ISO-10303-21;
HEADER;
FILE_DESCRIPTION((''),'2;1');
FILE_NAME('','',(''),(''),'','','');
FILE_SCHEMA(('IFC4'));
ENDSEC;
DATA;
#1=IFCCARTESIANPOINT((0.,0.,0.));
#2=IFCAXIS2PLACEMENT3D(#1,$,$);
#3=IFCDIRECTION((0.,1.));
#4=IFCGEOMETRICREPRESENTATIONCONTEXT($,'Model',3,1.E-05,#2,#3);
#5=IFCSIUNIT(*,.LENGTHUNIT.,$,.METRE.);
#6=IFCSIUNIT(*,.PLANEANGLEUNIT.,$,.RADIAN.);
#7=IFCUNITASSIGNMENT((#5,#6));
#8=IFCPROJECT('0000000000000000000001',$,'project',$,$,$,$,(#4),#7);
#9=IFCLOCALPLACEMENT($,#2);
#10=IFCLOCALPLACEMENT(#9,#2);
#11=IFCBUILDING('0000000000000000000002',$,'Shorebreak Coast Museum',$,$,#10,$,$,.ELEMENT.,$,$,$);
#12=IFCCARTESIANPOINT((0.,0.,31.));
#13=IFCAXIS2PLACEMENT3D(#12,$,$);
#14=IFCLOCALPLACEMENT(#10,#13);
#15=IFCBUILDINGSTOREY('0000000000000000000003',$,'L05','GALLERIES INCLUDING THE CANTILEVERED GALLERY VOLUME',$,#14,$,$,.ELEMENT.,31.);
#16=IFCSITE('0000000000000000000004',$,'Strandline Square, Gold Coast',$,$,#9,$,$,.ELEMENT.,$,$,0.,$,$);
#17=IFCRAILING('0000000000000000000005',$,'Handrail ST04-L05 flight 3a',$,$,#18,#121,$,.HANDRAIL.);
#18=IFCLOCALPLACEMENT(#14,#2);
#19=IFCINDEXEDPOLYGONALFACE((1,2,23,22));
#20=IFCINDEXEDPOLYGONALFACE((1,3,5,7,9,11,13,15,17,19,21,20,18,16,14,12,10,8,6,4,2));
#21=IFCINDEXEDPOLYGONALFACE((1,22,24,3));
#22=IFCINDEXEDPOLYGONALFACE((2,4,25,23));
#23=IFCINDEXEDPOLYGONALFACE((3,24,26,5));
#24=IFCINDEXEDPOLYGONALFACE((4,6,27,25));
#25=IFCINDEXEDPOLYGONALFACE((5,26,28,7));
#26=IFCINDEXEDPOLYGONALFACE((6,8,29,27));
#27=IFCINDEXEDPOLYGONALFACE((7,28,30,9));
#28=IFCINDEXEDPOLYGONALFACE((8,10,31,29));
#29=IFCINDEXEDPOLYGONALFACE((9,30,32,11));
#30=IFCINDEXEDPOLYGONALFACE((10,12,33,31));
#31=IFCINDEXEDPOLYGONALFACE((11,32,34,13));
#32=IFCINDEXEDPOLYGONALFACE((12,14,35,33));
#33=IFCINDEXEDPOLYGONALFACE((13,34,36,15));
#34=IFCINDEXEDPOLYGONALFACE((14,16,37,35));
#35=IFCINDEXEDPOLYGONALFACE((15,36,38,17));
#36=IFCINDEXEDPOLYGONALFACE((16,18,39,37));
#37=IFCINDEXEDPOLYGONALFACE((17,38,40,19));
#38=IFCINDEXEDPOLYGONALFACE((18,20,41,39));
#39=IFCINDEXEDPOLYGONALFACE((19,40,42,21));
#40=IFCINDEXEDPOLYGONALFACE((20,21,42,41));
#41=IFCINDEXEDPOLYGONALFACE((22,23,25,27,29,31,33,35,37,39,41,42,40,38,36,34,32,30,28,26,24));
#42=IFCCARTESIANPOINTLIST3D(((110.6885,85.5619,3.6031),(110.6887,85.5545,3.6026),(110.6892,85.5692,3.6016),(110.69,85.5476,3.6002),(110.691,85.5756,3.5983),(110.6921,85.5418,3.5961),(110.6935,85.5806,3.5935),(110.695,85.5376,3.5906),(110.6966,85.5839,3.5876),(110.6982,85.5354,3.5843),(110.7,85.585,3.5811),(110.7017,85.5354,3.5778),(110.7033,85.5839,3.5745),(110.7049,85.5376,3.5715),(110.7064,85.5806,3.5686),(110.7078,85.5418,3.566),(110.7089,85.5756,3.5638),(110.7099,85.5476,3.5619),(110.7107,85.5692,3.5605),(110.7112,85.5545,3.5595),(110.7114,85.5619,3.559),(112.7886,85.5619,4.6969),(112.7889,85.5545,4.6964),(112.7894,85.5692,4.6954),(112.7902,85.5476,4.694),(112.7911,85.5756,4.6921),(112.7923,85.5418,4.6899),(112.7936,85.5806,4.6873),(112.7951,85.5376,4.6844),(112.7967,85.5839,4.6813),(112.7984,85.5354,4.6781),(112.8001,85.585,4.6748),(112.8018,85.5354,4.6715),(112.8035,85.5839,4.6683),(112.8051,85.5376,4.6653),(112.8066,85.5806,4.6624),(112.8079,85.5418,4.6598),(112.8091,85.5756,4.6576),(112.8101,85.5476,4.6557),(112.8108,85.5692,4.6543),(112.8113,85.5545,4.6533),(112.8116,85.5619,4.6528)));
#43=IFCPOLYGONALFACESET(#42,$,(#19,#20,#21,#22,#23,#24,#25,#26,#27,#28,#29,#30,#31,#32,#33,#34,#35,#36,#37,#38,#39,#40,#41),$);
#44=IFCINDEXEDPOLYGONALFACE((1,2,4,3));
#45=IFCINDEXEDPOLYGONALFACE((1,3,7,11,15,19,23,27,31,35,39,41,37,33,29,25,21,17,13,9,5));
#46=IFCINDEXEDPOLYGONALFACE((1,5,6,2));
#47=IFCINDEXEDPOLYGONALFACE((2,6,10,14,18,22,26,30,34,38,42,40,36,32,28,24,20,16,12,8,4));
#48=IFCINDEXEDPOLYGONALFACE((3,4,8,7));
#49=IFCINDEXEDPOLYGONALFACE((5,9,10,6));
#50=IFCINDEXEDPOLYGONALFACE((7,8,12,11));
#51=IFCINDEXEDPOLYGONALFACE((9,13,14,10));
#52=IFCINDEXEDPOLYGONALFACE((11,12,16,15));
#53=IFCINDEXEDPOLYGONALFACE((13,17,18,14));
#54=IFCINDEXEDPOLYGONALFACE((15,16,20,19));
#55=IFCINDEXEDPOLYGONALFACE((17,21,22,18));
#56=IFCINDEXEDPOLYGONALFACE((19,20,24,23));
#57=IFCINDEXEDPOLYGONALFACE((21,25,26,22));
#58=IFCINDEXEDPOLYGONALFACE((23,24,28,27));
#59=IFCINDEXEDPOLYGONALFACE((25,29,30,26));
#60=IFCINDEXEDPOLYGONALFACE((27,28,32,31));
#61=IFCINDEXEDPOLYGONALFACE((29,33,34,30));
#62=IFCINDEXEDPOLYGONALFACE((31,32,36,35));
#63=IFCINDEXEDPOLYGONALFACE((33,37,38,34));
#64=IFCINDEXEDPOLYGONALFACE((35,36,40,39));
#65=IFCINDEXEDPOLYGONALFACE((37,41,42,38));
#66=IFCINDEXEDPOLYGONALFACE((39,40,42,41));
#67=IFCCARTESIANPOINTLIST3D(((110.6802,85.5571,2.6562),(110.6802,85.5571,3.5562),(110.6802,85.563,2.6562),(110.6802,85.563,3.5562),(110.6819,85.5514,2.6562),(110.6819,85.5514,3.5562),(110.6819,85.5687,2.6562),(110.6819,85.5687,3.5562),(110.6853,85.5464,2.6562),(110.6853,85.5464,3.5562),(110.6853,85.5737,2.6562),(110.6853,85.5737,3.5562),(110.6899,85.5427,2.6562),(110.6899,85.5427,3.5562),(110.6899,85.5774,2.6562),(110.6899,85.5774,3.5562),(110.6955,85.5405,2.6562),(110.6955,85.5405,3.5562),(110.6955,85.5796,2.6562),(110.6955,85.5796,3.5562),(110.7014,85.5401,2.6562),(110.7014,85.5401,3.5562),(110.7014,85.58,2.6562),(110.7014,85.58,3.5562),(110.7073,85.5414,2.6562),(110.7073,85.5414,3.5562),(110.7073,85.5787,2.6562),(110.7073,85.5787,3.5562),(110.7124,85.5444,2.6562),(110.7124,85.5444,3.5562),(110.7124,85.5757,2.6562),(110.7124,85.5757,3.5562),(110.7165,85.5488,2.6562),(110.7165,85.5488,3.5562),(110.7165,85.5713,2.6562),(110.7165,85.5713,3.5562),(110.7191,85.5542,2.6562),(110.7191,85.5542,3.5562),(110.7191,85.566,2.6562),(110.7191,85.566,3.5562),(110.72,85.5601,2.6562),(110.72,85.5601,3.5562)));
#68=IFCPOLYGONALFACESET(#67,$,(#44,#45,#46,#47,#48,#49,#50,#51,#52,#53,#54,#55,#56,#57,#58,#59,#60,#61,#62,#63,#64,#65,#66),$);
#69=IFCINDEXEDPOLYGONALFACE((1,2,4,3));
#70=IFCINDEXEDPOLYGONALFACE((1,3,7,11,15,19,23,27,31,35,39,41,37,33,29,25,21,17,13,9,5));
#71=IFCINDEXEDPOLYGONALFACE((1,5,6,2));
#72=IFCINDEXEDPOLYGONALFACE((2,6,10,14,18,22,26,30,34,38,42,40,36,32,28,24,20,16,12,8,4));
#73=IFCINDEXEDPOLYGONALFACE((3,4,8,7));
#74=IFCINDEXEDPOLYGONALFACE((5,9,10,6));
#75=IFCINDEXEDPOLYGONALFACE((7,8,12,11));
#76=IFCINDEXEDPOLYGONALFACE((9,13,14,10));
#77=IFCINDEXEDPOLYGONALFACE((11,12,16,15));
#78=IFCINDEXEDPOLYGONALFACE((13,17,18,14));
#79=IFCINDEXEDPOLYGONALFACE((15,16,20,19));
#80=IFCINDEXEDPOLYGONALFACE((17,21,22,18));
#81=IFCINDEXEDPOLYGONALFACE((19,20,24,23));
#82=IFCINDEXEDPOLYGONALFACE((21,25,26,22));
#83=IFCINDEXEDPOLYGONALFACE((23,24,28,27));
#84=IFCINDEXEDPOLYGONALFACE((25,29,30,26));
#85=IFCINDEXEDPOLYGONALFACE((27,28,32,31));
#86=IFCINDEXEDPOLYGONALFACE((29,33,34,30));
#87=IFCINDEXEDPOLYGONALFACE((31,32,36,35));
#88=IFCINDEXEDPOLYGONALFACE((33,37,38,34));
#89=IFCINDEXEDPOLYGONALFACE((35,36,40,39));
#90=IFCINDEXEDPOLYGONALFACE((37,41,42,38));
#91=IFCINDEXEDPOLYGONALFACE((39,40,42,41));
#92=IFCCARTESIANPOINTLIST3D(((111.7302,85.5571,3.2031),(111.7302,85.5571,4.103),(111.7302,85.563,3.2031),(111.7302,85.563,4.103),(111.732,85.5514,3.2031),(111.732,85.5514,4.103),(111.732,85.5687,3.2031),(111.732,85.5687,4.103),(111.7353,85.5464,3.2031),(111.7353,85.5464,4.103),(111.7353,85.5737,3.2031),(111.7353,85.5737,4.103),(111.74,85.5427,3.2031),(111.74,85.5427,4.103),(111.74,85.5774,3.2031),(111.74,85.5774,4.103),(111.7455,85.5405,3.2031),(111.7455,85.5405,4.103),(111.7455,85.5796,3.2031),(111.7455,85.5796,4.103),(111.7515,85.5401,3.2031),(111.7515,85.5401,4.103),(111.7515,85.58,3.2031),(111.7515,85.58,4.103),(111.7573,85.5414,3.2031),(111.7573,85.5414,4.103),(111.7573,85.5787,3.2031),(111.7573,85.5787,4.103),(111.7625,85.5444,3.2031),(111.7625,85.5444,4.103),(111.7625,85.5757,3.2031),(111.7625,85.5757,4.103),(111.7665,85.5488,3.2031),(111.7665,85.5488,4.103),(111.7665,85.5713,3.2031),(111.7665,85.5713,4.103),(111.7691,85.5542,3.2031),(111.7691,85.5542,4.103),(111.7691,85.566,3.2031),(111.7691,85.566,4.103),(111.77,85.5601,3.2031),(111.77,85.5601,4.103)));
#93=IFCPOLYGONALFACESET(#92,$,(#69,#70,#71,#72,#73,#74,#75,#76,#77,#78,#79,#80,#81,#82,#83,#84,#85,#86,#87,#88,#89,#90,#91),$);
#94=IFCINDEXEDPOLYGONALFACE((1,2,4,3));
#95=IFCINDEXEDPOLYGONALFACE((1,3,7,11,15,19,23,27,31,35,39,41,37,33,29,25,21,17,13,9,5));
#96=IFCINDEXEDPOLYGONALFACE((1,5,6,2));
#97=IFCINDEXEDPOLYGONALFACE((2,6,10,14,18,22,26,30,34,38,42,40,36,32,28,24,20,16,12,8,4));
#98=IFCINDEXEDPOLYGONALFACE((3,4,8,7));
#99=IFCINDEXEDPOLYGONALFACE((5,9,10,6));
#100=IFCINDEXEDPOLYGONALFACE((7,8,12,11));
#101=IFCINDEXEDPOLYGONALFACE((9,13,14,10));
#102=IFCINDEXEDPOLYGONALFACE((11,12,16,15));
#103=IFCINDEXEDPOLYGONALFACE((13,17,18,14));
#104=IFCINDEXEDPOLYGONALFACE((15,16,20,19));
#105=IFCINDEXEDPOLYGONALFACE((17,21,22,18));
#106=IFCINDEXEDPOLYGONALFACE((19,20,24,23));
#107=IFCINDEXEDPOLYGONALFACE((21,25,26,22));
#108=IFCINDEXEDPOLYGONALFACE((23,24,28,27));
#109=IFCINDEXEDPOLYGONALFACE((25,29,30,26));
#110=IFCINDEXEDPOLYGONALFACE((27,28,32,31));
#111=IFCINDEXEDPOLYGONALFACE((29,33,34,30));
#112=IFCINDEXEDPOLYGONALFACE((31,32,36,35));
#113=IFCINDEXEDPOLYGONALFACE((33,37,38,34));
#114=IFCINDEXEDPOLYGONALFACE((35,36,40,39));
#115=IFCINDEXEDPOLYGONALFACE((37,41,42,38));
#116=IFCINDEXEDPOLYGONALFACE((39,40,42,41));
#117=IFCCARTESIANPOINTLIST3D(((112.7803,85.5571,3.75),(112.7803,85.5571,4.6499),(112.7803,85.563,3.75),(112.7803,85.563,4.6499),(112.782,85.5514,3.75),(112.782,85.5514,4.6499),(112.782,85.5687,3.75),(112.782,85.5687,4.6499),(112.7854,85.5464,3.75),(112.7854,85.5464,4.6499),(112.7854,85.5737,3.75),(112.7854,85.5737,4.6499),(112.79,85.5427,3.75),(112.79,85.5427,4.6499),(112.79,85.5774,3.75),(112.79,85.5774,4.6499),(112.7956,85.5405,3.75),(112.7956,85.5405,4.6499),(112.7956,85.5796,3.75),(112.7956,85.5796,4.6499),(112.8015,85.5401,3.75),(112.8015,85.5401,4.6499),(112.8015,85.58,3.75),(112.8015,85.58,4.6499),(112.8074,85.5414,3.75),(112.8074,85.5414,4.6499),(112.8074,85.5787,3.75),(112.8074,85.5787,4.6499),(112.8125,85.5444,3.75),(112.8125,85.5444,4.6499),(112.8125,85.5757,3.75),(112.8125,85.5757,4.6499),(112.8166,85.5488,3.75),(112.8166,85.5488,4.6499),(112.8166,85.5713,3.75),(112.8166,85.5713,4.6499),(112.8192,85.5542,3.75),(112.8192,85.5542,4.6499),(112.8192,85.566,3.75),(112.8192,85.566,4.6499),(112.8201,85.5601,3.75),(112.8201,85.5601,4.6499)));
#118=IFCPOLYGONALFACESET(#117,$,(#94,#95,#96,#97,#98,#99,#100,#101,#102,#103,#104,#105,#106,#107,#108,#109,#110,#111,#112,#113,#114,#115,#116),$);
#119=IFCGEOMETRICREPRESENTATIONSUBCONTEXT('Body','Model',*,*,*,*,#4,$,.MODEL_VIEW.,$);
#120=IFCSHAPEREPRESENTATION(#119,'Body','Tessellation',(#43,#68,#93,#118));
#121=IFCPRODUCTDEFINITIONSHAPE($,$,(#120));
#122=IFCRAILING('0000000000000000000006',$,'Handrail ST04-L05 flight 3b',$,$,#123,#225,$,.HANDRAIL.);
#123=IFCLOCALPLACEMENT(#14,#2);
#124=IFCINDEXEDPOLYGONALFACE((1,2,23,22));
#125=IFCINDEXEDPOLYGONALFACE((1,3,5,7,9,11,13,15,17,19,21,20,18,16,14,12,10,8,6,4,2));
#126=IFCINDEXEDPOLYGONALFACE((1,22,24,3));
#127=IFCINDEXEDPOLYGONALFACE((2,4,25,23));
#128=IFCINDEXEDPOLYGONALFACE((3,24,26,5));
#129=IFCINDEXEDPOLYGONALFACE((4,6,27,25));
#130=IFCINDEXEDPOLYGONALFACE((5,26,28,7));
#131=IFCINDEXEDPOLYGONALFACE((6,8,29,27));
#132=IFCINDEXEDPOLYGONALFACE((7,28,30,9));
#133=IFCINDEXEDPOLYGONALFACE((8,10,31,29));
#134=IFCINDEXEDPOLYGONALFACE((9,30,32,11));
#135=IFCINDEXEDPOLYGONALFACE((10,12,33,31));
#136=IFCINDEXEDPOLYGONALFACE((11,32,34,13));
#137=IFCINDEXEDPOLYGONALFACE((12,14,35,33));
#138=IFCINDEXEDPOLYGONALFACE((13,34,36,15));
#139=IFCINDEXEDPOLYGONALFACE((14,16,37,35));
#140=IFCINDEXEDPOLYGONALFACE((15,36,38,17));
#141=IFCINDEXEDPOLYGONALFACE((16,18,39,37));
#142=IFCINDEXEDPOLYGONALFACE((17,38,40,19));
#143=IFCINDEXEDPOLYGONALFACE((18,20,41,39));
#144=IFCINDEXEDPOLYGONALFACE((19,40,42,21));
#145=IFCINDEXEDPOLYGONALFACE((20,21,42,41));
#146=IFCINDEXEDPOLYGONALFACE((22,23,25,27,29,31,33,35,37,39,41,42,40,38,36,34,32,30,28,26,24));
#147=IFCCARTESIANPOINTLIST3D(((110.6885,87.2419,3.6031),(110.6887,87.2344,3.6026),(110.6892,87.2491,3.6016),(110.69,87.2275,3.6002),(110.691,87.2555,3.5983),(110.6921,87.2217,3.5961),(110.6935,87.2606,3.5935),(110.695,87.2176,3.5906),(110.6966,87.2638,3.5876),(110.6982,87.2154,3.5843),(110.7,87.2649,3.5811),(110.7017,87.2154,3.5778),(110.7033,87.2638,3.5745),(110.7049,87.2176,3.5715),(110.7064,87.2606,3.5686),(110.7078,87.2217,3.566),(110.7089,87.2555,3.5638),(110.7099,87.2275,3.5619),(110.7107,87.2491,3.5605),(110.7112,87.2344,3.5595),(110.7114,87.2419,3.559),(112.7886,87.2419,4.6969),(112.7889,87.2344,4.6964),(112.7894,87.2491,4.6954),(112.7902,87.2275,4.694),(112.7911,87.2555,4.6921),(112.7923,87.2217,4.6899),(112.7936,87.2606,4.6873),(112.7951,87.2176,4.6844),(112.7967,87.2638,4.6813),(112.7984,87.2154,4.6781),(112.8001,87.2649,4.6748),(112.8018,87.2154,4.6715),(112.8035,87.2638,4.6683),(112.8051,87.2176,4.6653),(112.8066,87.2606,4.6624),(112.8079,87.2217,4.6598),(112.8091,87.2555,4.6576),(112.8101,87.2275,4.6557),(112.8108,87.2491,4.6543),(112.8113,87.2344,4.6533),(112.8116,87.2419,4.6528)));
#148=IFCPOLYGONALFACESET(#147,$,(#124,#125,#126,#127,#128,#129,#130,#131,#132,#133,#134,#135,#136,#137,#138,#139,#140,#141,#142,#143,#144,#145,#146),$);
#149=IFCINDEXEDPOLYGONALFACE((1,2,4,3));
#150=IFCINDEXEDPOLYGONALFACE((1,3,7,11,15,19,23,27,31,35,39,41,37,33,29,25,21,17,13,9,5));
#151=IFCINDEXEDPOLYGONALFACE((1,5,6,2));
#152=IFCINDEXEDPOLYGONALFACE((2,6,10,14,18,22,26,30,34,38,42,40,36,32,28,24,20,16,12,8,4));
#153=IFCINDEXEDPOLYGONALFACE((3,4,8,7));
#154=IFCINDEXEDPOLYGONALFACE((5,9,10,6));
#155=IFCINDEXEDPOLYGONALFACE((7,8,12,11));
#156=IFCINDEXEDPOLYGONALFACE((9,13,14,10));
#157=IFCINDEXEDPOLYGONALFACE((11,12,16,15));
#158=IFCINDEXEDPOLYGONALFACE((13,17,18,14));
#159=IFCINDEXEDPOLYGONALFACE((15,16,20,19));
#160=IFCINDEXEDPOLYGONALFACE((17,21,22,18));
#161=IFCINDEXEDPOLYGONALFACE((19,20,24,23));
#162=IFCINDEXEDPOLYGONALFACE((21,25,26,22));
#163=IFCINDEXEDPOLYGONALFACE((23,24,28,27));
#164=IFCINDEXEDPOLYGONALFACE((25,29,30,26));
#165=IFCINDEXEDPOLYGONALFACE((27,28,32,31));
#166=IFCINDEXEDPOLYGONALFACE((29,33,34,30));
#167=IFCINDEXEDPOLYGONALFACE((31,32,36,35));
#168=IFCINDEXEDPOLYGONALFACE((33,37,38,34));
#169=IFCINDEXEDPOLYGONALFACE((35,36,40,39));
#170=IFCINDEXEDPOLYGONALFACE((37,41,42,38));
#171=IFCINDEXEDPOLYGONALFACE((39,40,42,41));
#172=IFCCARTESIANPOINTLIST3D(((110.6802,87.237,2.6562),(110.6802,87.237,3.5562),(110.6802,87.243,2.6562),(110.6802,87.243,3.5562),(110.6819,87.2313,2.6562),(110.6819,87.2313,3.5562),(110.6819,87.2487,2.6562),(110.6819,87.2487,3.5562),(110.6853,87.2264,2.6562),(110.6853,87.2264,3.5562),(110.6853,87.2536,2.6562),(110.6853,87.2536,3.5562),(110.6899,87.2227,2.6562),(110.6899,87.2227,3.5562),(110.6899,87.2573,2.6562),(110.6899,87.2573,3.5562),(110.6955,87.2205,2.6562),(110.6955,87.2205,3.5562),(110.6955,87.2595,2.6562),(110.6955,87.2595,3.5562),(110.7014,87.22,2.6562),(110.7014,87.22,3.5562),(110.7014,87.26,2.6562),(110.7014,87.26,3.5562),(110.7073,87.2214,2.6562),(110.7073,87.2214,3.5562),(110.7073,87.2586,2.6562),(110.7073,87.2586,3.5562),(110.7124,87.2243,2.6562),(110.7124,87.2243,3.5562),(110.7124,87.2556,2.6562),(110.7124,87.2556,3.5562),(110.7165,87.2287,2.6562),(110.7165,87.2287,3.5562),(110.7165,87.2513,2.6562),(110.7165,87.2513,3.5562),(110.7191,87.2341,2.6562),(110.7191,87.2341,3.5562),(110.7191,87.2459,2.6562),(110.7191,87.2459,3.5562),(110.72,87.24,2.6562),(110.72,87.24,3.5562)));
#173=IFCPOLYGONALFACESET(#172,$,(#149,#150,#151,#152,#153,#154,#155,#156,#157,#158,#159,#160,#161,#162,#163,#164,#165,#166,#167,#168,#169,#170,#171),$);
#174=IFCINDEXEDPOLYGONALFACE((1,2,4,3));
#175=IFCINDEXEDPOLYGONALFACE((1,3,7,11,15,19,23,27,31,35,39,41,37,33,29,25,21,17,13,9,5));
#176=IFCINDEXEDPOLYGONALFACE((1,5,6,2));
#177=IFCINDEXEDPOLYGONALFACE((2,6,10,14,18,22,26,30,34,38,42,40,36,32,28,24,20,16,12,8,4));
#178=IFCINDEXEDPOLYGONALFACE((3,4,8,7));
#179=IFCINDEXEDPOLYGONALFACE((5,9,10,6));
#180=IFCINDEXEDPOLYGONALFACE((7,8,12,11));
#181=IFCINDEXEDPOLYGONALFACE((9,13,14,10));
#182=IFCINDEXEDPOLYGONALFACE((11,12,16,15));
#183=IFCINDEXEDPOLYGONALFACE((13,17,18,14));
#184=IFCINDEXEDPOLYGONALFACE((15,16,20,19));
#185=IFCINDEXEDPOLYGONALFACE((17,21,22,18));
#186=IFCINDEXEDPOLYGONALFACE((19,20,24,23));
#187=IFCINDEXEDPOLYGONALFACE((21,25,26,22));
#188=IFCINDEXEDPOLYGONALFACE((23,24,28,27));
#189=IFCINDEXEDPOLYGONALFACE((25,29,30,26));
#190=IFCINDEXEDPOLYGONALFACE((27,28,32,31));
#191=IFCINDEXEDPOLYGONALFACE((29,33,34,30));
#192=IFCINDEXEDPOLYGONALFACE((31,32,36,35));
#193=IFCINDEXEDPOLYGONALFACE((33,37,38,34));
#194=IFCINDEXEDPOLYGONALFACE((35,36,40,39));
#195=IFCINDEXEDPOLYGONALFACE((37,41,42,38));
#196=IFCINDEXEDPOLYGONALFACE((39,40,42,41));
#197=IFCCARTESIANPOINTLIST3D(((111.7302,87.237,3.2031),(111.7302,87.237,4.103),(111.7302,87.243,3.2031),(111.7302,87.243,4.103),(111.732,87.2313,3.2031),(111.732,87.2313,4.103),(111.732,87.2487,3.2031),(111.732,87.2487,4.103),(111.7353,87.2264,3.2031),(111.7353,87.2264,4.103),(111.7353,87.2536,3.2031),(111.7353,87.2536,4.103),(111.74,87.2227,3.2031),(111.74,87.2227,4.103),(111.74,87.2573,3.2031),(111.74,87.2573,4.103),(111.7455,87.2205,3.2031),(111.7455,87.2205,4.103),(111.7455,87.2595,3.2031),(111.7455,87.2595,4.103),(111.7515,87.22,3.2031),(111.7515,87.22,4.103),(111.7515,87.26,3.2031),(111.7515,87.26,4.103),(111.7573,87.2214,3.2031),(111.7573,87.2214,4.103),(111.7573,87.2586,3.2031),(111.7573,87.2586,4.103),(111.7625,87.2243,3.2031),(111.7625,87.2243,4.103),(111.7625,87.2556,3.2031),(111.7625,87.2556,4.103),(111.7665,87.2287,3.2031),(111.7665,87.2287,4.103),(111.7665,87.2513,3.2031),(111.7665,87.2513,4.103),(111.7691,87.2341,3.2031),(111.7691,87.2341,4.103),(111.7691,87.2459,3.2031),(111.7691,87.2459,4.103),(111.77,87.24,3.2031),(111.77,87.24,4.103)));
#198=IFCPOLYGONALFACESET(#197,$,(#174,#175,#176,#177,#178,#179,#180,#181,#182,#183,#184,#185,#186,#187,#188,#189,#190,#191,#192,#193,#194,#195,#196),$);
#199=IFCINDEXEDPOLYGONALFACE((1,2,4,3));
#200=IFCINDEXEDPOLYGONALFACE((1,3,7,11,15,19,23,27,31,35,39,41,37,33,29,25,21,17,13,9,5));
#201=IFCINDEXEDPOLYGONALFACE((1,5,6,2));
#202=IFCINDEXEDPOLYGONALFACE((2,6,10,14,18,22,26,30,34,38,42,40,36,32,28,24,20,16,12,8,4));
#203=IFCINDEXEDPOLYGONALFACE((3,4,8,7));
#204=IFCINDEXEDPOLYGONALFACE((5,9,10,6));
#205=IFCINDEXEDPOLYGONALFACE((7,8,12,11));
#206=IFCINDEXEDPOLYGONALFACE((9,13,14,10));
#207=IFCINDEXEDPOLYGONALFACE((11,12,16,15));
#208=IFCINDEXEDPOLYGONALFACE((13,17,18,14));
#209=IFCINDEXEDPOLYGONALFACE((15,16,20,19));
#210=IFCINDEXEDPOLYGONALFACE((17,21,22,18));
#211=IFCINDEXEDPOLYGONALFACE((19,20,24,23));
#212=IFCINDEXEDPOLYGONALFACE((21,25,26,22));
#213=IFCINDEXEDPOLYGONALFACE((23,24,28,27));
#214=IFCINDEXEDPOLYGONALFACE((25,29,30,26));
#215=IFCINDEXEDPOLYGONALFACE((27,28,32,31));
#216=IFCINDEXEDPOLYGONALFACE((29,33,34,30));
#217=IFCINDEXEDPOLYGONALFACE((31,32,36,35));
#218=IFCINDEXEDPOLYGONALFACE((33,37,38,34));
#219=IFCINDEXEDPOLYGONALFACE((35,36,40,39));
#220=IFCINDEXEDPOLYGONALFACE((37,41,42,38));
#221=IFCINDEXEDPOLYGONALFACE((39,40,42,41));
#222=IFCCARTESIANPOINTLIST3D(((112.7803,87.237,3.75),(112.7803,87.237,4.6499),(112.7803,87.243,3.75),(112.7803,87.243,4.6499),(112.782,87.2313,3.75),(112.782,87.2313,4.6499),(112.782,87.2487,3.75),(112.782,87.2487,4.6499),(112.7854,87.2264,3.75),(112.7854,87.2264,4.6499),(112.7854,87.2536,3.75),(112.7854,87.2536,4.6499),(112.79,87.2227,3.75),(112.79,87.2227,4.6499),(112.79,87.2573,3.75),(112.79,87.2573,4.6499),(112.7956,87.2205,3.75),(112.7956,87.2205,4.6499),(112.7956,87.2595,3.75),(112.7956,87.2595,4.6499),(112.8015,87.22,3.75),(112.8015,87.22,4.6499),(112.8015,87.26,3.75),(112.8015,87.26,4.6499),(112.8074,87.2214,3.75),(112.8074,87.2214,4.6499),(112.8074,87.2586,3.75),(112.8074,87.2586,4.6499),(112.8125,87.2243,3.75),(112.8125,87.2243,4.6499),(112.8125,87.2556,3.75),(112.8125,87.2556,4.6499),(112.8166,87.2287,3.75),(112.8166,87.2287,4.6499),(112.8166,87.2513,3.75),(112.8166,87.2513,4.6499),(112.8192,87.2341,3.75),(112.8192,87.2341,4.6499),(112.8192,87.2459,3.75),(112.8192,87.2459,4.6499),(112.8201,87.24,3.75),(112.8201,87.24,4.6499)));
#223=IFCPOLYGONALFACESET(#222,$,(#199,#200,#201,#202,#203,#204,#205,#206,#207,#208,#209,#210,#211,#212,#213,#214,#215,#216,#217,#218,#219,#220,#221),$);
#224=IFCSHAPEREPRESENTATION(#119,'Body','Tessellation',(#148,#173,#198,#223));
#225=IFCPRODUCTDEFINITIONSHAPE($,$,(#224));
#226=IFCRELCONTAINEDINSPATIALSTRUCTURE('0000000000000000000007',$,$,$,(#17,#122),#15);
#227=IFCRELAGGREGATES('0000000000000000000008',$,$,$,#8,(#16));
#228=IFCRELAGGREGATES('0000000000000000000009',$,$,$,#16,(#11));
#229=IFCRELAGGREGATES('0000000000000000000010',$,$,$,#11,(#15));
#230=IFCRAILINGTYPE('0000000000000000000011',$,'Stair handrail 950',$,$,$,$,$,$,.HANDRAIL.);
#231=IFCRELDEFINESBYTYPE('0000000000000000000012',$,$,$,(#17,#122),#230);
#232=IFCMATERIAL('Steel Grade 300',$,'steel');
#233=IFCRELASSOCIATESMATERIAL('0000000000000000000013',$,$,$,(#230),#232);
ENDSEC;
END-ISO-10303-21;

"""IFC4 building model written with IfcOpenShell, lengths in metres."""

from ifc_helpers import new_model, si_unit, direction, frame, origin, origin_2d, place, context, subcontext, project, spatial, circle, extrude, material, type_object, element, save


model = new_model("IFC4")

# Units and contexts
model_context = context("Model", 3, precision=1e-05, world=origin(), true_north=direction((0.0, 1.0)))
body_context = subcontext(model_context, "Body", "Model", "MODEL_VIEW")
ifc_project = project(units=[si_unit("LENGTHUNIT", "METRE"), si_unit("PLANEANGLEUNIT", "RADIAN")], contexts=[model_context])

# Site, building, storey
site_placement = place(None, origin())
site = spatial("IfcSite", under=ifc_project, at=site_placement, Name="Strandline Square, Gold Coast", CompositionType="ELEMENT", RefElevation=0.0)
building_placement = place(site_placement, origin())
building = spatial("IfcBuilding", under=site, at=building_placement, Name="Shorebreak Coast Museum", CompositionType="ELEMENT")
storey_placement = place(building_placement, frame((0.0, 0.0, 31.0)))
storey = spatial("IfcBuildingStorey", under=building, at=storey_placement, Name="L05", Description="GALLERIES INCLUDING THE CANTILEVERED GALLERY VOLUME", CompositionType="ELEMENT", Elevation=31.0)

# Railings
ifc_material_1 = material(Name="Steel Grade 300", Category="steel")
railing_type_1 = type_object("IfcRailingType", Name="Stair handrail 950", PredefinedType="HANDRAIL", material=ifc_material_1)
for number, where, name in (
    (1, (110.7, 85.5601, 2.6562), "Handrail ST04-L05 flight 3a"),
    (2, (110.7, 87.24, 2.6562), "Handrail ST04-L05 flight 3b"),
):
    element("IfcRailing", number, at=place(storey_placement, frame(where)), inside=storey, type_object=railing_type_1, Name=name, PredefinedType="HANDRAIL", context=body_context, shape_type="SweptSolid", body=[
        extrude(circle(Radius=0.0249, at=origin_2d()), frame((0.0, 0.0, 0.9248), z_axis=(0.886923, 0.0, 0.461918), x_axis=(0.0, 1.0, 0.0)), (0.0, 0.0, 1.0), 2.3679),
        extrude(circle(Radius=0.02, at=origin_2d()), origin(), (0.0, 0.0, 1.0), 0.8999),
        extrude(circle(Radius=0.02, at=origin_2d()), frame((1.05, 0.0, 0.5469)), (0.0, 0.0, 1.0), 0.8999),
        extrude(circle(Radius=0.02, at=origin_2d()), frame((2.1001, 0.0, 1.0938)), (0.0, 0.0, 1.0), 0.8999),
    ])

save(model, "model.ifc")
